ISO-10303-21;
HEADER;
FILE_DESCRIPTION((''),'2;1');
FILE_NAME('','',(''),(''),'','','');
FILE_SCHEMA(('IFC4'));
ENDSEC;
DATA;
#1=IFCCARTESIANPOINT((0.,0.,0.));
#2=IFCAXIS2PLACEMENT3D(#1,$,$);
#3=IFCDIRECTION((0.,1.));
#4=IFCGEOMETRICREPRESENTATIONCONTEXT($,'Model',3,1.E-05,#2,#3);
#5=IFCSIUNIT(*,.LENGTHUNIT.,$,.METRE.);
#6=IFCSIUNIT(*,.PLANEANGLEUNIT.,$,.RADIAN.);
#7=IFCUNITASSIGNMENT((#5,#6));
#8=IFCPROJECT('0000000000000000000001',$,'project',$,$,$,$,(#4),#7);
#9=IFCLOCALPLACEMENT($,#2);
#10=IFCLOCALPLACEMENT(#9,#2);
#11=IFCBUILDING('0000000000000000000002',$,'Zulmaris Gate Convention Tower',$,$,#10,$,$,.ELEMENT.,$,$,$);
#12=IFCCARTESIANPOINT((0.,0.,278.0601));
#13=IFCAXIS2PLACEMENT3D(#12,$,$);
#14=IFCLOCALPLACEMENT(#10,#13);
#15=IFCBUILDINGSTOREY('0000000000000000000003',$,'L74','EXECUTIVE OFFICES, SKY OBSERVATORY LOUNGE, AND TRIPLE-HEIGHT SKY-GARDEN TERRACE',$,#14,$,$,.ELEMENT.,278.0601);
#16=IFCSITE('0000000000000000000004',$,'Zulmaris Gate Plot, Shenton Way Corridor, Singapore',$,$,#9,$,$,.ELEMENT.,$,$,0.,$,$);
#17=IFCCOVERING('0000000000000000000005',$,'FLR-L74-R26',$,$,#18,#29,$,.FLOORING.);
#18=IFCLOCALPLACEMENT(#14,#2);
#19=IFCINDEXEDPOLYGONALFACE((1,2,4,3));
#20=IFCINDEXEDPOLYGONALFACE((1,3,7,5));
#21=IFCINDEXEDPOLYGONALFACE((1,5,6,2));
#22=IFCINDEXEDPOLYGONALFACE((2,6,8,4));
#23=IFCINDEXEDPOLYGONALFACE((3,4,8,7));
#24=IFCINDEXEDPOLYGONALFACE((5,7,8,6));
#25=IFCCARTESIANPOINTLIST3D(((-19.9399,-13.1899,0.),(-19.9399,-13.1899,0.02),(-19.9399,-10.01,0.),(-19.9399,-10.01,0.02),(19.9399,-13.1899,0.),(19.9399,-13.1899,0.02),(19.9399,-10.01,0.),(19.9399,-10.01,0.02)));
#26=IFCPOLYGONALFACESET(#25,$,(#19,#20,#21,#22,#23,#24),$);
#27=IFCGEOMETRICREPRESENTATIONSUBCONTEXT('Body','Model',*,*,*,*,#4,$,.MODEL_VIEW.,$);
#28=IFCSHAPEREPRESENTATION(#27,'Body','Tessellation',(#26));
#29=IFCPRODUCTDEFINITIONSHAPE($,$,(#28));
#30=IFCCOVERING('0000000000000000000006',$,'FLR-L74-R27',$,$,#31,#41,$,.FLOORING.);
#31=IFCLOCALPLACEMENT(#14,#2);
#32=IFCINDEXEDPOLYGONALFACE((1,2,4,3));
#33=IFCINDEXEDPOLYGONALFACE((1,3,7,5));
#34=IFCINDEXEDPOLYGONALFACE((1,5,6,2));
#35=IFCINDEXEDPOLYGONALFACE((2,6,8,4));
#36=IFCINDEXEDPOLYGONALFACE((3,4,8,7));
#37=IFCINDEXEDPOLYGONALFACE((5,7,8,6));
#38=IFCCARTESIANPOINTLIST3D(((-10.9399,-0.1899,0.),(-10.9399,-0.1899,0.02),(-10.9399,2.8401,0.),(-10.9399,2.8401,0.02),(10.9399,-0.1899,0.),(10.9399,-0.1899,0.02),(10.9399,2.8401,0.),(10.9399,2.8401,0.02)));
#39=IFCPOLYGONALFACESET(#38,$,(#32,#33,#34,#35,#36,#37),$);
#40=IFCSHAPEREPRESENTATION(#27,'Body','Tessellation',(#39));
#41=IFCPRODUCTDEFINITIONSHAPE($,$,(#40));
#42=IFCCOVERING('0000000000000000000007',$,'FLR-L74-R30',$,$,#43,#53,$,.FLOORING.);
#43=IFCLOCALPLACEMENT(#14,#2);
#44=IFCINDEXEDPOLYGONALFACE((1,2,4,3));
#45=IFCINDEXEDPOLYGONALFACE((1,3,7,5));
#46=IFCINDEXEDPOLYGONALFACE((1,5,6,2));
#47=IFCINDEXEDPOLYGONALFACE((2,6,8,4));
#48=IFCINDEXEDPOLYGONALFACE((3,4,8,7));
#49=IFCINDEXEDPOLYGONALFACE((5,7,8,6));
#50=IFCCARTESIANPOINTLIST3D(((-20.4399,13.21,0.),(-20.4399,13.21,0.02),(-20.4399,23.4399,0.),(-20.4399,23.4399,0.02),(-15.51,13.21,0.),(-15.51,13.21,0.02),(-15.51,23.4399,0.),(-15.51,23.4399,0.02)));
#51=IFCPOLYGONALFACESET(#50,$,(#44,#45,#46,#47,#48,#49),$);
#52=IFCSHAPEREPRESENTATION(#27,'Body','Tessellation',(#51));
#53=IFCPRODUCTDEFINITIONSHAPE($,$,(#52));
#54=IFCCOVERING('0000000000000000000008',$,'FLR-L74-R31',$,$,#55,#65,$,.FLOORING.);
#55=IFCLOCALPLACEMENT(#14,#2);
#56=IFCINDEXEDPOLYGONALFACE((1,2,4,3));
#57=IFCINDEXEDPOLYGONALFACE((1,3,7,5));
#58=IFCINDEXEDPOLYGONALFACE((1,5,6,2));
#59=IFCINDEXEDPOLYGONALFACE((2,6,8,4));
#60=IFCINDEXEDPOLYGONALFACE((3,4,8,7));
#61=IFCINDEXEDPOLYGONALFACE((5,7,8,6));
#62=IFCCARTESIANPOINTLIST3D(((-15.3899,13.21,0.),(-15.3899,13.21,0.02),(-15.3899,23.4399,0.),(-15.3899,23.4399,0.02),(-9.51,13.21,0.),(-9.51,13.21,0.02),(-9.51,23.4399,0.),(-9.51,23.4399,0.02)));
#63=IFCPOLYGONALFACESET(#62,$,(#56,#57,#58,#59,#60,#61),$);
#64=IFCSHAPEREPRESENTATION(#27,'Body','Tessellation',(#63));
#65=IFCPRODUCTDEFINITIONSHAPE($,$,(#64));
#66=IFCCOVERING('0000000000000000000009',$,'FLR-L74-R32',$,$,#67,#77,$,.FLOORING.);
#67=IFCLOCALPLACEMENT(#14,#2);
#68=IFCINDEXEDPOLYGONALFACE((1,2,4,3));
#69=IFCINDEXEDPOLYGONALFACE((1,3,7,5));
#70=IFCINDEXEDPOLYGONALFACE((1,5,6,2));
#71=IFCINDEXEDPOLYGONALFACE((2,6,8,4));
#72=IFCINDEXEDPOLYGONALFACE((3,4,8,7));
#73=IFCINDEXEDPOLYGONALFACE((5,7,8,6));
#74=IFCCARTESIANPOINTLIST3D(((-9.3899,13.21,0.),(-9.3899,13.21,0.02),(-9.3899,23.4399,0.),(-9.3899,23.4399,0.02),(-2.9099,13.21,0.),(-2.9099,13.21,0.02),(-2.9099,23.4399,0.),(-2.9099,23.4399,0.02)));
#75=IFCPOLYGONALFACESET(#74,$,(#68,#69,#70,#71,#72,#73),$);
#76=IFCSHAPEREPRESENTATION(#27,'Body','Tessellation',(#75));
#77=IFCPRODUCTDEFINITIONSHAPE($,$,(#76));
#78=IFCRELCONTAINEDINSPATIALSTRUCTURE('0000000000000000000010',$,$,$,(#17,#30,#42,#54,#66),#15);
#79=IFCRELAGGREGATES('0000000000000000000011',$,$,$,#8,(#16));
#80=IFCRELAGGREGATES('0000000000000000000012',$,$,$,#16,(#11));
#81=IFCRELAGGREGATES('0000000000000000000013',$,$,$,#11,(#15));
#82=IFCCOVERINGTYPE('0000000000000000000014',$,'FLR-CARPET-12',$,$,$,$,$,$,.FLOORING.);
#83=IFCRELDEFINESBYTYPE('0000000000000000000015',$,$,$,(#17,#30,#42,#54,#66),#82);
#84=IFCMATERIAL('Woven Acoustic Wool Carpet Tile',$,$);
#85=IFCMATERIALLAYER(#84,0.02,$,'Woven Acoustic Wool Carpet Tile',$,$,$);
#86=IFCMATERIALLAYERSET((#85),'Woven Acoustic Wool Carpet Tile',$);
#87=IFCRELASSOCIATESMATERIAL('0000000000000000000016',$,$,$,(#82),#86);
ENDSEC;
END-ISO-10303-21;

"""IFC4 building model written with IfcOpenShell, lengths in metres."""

from ifc_helpers import new_model, si_unit, direction, frame, origin, place, context, subcontext, project, spatial, polyline, outline, extrude, material, layer, layer_set, type_object, element, save


model = new_model("IFC4")

# Units and contexts
model_context = context("Model", 3, precision=1e-05, world=origin(), true_north=direction((0.0, 1.0)))
body_context = subcontext(model_context, "Body", "Model", "MODEL_VIEW")
ifc_project = project(units=[si_unit("LENGTHUNIT", "METRE"), si_unit("PLANEANGLEUNIT", "RADIAN")], contexts=[model_context])

# Site, building, storey
site_placement = place(None, origin())
site = spatial("IfcSite", under=ifc_project, at=site_placement, Name="Zulmaris Gate Plot, Shenton Way Corridor, Singapore", CompositionType="ELEMENT", RefElevation=0.0)
building_placement = place(site_placement, origin())
building = spatial("IfcBuilding", under=site, at=building_placement, Name="Zulmaris Gate Convention Tower", CompositionType="ELEMENT")
storey_placement = place(building_placement, frame((0.0, 0.0, 278.0601)))
storey = spatial("IfcBuildingStorey", under=building, at=storey_placement, Name="L74", Description="EXECUTIVE OFFICES, SKY OBSERVATORY LOUNGE, AND TRIPLE-HEIGHT SKY-GARDEN TERRACE", CompositionType="ELEMENT", Elevation=278.0601)

# Coverings
ifc_material_1 = material(Name="Woven Acoustic Wool Carpet Tile")
ifc_layer_1 = layer(ifc_material_1, 0.02, Name="Woven Acoustic Wool Carpet Tile")
ifc_layer_set_1 = layer_set([ifc_layer_1], Name="Woven Acoustic Wool Carpet Tile")
covering_type_1 = type_object("IfcCoveringType", Name="FLR-CARPET-12", PredefinedType="FLOORING", material=ifc_layer_set_1)
covering_1_placement = place(storey_placement, origin())
element("IfcCovering", 1, at=covering_1_placement, inside=storey, type_object=covering_type_1, Name="FLR-L74-R26", PredefinedType="FLOORING", context=body_context, shape_type="SweptSolid", body=[
    extrude(outline(polyline([(-19.9399, -13.1899), (19.9399, -13.1899), (19.9399, -10.01), (-19.9399, -10.01), (-19.9399, -13.1899)])), origin(), (0.0, 0.0, 1.0), 0.02),
])
covering_2_placement = place(storey_placement, origin())
element("IfcCovering", 2, at=covering_2_placement, inside=storey, type_object=covering_type_1, Name="FLR-L74-R27", PredefinedType="FLOORING", context=body_context, shape_type="SweptSolid", body=[
    extrude(outline(polyline([(-10.9399, -0.1899), (10.9399, -0.1899), (10.9399, 2.8401), (-10.9399, 2.8401), (-10.9399, -0.1899)])), origin(), (0.0, 0.0, 1.0), 0.02),
])
covering_3_placement = place(storey_placement, origin())
element("IfcCovering", 3, at=covering_3_placement, inside=storey, type_object=covering_type_1, Name="FLR-L74-R30", PredefinedType="FLOORING", context=body_context, shape_type="SweptSolid", body=[
    extrude(outline(polyline([(-20.4399, 13.21), (-15.51, 13.21), (-15.51, 23.4399), (-20.4399, 23.4399), (-20.4399, 13.21)])), origin(), (0.0, 0.0, 1.0), 0.02),
])
covering_4_placement = place(storey_placement, origin())
element("IfcCovering", 4, at=covering_4_placement, inside=storey, type_object=covering_type_1, Name="FLR-L74-R31", PredefinedType="FLOORING", context=body_context, shape_type="SweptSolid", body=[
    extrude(outline(polyline([(-15.3899, 13.21), (-9.51, 13.21), (-9.51, 23.4399), (-15.3899, 23.4399), (-15.3899, 13.21)])), origin(), (0.0, 0.0, 1.0), 0.02),
])
covering_5_placement = place(storey_placement, origin())
element("IfcCovering", 5, at=covering_5_placement, inside=storey, type_object=covering_type_1, Name="FLR-L74-R32", PredefinedType="FLOORING", context=body_context, shape_type="SweptSolid", body=[
    extrude(outline(polyline([(-9.3899, 13.21), (-2.9099, 13.21), (-2.9099, 23.4399), (-9.3899, 23.4399), (-9.3899, 13.21)])), origin(), (0.0, 0.0, 1.0), 0.02),
])

save(model, "model.ifc")
